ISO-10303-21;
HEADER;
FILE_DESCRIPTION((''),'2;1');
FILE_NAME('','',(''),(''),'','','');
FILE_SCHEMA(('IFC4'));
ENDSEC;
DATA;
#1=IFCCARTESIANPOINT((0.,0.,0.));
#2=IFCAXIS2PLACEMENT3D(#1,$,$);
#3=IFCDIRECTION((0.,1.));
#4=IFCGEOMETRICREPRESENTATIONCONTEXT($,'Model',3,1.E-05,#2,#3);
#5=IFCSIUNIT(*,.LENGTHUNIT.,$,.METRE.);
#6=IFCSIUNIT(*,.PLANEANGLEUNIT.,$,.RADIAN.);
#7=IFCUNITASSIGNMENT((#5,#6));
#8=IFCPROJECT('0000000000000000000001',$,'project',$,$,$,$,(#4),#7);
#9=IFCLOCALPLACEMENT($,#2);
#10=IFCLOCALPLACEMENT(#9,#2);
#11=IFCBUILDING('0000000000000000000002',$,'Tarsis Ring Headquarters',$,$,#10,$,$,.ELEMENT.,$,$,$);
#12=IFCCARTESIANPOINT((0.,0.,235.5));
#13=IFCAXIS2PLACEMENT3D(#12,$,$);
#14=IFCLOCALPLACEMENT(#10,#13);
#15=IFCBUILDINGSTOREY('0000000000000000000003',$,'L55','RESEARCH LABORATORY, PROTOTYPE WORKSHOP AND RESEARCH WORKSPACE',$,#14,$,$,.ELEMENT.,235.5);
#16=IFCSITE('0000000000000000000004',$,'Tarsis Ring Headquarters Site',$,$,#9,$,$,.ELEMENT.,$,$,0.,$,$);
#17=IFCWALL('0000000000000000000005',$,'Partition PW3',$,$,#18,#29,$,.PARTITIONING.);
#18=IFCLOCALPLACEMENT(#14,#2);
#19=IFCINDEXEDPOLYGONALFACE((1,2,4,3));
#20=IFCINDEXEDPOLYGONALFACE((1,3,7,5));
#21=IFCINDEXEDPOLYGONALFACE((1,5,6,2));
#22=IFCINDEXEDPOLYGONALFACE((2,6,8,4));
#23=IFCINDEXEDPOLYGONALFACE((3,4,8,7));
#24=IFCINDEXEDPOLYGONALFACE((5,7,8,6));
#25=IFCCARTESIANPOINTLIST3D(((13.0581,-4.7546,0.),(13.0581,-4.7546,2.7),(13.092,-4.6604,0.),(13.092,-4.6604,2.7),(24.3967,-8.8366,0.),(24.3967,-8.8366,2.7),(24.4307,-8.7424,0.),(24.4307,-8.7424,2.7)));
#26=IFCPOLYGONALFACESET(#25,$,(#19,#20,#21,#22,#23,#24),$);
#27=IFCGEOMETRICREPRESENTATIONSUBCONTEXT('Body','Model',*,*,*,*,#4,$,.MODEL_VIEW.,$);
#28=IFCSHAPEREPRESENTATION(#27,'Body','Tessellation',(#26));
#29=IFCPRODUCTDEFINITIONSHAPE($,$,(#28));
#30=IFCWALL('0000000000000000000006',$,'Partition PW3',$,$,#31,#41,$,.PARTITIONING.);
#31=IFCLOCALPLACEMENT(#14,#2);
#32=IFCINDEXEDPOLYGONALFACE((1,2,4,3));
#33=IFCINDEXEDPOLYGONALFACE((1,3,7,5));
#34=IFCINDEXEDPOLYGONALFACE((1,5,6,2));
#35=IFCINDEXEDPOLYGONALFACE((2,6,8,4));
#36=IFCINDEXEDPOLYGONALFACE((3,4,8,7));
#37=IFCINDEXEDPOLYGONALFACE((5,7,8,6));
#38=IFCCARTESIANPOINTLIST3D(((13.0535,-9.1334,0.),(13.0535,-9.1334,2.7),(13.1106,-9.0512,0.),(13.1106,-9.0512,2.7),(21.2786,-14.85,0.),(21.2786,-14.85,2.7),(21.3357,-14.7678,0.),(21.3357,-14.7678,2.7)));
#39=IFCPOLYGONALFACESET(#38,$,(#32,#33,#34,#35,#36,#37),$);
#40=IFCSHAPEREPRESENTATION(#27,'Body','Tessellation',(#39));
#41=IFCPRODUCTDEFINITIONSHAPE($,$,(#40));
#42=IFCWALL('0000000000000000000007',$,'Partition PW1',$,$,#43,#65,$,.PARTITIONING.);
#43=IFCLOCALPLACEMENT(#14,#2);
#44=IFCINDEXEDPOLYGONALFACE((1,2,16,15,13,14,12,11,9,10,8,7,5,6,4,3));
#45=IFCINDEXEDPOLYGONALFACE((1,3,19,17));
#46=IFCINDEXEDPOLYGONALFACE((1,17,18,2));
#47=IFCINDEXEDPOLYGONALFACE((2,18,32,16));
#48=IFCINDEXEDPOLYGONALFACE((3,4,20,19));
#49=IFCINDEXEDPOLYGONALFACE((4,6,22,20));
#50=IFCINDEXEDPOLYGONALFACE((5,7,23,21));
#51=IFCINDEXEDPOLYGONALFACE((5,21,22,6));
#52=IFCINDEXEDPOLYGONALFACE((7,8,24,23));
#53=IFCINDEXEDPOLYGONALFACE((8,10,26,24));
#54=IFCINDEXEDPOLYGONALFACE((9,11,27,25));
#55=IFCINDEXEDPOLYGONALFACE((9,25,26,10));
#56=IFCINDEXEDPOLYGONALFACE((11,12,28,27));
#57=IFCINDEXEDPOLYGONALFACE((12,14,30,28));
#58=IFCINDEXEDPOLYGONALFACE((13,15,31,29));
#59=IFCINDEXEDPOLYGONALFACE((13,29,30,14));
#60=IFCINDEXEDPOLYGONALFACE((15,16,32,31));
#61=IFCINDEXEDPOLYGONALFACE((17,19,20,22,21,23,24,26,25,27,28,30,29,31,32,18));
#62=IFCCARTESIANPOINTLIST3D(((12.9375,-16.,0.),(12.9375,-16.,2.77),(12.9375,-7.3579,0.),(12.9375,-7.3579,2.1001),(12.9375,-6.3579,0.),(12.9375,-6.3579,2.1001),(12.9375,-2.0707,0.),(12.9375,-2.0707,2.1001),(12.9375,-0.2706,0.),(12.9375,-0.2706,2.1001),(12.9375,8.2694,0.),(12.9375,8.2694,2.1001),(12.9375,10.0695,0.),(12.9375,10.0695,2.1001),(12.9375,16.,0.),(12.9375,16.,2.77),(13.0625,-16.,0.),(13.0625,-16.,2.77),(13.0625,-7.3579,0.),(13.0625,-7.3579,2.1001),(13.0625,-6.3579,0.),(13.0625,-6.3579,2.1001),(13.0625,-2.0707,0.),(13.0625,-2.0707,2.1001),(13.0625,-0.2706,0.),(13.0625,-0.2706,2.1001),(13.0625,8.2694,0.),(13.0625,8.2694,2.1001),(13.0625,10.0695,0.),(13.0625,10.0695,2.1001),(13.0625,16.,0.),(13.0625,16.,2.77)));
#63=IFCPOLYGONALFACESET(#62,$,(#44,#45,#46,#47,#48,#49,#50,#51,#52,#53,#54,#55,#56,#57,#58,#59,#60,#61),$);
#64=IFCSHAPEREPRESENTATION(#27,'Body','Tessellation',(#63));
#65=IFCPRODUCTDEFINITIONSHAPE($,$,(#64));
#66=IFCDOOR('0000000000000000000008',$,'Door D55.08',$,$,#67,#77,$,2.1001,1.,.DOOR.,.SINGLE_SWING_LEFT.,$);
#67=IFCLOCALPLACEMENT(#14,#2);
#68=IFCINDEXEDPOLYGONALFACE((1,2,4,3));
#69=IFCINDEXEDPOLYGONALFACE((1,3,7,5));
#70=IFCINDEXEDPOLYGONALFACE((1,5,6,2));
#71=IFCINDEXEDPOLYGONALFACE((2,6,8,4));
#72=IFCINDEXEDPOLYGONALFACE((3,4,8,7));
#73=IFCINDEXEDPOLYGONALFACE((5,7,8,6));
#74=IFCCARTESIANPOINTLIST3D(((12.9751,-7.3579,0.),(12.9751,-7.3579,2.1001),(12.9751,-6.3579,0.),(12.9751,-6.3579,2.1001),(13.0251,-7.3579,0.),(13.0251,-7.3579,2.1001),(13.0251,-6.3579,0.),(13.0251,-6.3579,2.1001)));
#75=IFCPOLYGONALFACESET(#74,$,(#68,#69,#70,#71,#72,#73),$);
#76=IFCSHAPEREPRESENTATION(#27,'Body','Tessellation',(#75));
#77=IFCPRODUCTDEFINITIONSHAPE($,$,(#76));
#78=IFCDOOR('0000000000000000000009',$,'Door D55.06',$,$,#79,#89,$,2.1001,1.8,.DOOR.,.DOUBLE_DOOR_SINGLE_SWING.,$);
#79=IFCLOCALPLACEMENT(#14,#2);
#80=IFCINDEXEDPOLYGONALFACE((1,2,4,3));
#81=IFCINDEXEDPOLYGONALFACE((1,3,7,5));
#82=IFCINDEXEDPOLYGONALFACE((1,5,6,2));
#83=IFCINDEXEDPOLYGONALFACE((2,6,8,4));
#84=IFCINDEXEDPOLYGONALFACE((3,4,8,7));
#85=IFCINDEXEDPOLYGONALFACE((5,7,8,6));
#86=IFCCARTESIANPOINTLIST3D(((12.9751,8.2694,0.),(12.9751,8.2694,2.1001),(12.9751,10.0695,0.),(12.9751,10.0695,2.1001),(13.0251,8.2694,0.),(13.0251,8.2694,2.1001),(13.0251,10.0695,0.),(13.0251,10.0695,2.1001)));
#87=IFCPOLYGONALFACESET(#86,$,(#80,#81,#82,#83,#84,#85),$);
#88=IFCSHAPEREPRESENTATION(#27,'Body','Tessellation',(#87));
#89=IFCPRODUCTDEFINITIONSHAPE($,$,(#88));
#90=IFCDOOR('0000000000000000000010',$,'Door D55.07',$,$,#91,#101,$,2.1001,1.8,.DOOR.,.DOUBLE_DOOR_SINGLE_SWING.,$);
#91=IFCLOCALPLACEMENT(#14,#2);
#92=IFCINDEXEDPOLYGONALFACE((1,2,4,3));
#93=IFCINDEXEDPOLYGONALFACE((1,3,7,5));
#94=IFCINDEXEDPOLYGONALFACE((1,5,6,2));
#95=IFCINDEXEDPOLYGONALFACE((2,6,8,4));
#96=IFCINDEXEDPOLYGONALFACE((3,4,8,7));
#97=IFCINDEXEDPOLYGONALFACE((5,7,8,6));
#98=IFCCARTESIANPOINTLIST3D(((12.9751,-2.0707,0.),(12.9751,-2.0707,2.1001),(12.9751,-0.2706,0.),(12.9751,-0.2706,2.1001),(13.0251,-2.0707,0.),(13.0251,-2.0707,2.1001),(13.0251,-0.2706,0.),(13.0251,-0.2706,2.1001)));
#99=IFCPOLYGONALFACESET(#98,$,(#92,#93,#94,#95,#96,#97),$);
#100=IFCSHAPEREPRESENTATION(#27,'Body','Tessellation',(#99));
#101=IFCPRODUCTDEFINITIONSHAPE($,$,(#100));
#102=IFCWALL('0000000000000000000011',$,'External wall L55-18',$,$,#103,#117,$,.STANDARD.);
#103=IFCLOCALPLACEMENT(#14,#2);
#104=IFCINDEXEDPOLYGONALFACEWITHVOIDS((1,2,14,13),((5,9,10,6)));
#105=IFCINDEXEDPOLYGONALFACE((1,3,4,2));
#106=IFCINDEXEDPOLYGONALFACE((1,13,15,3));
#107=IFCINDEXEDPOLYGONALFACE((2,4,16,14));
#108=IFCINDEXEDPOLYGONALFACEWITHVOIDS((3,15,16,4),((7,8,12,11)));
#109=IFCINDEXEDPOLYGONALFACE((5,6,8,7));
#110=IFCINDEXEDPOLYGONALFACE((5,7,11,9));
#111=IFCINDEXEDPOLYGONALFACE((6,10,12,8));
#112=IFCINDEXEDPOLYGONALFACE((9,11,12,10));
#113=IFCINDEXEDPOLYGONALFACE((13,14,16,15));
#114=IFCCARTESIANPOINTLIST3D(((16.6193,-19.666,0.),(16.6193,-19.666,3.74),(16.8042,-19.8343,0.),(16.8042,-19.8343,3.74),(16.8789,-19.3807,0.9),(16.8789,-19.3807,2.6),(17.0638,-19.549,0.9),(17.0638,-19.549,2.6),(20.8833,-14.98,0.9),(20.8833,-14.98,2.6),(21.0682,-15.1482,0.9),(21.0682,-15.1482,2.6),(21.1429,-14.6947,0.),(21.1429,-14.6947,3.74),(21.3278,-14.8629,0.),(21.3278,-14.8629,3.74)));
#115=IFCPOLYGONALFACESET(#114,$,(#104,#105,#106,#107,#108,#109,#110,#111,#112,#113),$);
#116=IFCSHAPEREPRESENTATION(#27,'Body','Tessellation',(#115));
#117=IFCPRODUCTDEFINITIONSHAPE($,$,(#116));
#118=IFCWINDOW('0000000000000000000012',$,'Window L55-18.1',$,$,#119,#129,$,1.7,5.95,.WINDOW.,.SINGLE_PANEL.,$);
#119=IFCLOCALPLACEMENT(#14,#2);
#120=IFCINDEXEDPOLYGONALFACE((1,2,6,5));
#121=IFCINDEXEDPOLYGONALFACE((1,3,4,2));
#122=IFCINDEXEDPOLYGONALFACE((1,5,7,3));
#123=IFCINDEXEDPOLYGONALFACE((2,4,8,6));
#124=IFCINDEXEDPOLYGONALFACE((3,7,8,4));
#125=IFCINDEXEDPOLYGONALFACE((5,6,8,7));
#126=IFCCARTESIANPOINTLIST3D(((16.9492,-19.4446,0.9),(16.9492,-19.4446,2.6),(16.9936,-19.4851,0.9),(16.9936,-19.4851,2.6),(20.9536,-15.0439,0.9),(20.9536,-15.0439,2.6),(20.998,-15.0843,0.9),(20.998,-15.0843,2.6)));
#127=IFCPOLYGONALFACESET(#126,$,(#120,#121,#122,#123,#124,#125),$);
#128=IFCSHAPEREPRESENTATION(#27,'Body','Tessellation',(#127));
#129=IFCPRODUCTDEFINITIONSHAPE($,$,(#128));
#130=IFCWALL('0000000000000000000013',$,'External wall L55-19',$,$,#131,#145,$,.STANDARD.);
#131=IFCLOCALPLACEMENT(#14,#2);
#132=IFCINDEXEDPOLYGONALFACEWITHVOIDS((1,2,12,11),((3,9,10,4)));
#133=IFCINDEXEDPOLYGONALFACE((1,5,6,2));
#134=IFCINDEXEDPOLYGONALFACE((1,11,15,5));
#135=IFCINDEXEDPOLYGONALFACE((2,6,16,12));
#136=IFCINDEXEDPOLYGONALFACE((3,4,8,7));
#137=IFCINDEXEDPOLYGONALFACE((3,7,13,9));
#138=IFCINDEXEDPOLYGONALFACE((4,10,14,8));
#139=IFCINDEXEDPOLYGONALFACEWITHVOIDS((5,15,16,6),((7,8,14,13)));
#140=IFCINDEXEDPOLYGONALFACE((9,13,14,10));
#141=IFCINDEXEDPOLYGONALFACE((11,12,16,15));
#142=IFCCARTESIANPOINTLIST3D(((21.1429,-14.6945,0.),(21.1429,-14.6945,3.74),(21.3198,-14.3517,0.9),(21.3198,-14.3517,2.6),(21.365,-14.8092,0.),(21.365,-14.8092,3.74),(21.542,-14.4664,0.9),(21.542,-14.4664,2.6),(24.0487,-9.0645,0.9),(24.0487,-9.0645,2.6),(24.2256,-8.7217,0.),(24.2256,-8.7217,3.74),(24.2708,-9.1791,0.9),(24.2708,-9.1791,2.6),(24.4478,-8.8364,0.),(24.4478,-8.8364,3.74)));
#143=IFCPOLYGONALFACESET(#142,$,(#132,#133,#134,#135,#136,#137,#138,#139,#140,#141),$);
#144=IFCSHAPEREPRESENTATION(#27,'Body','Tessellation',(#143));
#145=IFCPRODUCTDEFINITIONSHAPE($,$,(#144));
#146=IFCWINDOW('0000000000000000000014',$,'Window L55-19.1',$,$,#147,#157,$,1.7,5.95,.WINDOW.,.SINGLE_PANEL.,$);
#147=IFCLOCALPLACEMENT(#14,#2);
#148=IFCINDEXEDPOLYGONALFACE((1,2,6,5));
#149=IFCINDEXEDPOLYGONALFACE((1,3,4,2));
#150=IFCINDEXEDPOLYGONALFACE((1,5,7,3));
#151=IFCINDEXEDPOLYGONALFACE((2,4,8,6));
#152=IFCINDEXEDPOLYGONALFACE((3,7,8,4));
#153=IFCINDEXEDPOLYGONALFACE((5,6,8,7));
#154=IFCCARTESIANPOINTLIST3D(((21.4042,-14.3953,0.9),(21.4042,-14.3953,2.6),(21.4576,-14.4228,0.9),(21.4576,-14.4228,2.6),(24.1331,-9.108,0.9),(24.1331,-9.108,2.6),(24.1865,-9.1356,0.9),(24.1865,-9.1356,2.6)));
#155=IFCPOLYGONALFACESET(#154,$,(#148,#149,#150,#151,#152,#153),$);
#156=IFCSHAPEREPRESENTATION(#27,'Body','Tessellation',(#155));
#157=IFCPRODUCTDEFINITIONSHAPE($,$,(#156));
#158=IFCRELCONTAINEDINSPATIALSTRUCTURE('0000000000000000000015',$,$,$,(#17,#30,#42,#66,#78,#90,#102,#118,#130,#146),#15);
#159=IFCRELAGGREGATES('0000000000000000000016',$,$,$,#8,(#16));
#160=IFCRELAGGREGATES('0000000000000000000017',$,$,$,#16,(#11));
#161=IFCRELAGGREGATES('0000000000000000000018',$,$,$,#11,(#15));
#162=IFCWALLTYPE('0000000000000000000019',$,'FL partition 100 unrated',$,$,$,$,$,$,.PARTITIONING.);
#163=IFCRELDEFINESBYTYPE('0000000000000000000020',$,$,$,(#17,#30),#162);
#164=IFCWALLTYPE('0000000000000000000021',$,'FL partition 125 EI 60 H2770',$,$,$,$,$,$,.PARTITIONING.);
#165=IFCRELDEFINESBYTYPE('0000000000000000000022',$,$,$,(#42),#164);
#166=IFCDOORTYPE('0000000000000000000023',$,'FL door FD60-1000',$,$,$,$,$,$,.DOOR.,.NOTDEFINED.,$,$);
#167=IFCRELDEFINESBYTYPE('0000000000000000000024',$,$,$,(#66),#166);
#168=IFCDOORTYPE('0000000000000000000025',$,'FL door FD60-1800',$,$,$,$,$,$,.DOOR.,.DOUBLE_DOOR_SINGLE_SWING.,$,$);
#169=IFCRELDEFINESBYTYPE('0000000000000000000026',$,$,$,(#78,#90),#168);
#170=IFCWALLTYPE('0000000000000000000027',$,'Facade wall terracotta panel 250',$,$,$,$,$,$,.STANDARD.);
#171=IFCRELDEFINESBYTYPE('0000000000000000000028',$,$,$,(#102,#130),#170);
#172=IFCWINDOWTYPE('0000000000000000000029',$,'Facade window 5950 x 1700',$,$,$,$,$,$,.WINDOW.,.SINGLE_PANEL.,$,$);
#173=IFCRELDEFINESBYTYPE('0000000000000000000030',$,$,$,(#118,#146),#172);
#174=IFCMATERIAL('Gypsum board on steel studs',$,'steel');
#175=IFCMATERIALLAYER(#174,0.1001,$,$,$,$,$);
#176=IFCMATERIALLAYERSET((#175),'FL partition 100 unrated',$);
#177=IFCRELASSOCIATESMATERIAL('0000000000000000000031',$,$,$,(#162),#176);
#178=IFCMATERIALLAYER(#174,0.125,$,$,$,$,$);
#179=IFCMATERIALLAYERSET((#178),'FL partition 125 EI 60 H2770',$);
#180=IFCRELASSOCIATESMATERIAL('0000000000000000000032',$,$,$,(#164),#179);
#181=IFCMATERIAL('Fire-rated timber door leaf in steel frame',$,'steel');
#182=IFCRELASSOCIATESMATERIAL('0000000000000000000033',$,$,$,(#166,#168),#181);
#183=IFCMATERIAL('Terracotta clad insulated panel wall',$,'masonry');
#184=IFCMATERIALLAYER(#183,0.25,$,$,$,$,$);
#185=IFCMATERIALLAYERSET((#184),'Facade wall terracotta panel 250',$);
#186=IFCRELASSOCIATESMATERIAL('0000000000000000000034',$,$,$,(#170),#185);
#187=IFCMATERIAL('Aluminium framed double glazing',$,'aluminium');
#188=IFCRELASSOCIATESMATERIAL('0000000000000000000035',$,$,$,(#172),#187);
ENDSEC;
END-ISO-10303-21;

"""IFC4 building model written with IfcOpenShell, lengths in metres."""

from ifc_helpers import new_model, si_unit, direction, frame, frame_2d, origin, place, context, subcontext, project, spatial, rectangle, extrude, material, layer, layer_set, type_object, element, fill, save


model = new_model("IFC4")

# Units and contexts
model_context = context("Model", 3, precision=1e-05, world=origin(), true_north=direction((0.0, 1.0)))
body_context = subcontext(model_context, "Body", "Model", "MODEL_VIEW")
ifc_project = project(units=[si_unit("LENGTHUNIT", "METRE"), si_unit("PLANEANGLEUNIT", "RADIAN")], contexts=[model_context])

# Site, building, storey
site_placement = place(None, origin())
site = spatial("IfcSite", under=ifc_project, at=site_placement, Name="Tarsis Ring Headquarters Site", CompositionType="ELEMENT", RefElevation=0.0)
building_placement = place(site_placement, origin())
building = spatial("IfcBuilding", under=site, at=building_placement, Name="Tarsis Ring Headquarters", CompositionType="ELEMENT")
storey_placement = place(building_placement, frame((0.0, 0.0, 235.5)))
storey = spatial("IfcBuildingStorey", under=building, at=storey_placement, Name="L55", Description="RESEARCH LABORATORY, PROTOTYPE WORKSHOP AND RESEARCH WORKSPACE", CompositionType="ELEMENT", Elevation=235.5)

# Walls
ifc_material_1 = material(Name="Gypsum board on steel studs", Category="steel")
ifc_layer_1 = layer(ifc_material_1, 0.1001)
ifc_layer_set_1 = layer_set([ifc_layer_1], Name="FL partition 100 unrated")
wall_type_1 = type_object("IfcWallType", Name="FL partition 100 unrated", PredefinedType="PARTITIONING", material=ifc_layer_set_1)
wall_1_placement = place(storey_placement, frame((13.0752, -4.7075, 0.0), z_axis=(0.0, 0.0, 1.0), x_axis=(0.940884, -0.338729, 0.0)))
element("IfcWall", 1, at=wall_1_placement, inside=storey, type_object=wall_type_1, Name="Partition PW3", PredefinedType="PARTITIONING", context=body_context, shape_type="SweptSolid", body=[
    extrude(rectangle(XDim=12.051, YDim=0.1001, at=frame_2d((6.0254, 0.0))), origin(), (0.0, 0.0, 1.0), 2.7),
])
wall_2_placement = place(storey_placement, frame((13.082, -9.0923, 0.0), z_axis=(0.0, 0.0, 1.0), x_axis=(0.821151, -0.570711, 0.0)))
element("IfcWall", 2, at=wall_2_placement, inside=storey, type_object=wall_type_1, Name="Partition PW3", PredefinedType="PARTITIONING", context=body_context, shape_type="SweptSolid", body=[
    extrude(rectangle(XDim=10.0166, YDim=0.1001, at=frame_2d((5.0083, 0.0))), origin(), (0.0, 0.0, 1.0), 2.7),
])

# Wall, openings, doors
ifc_layer_2 = layer(ifc_material_1, 0.125)
ifc_layer_set_2 = layer_set([ifc_layer_2], Name="FL partition 125 EI 60 H2770")
wall_type_2 = type_object("IfcWallType", Name="FL partition 125 EI 60 H2770", PredefinedType="PARTITIONING", material=ifc_layer_set_2)
wall_3_placement = place(storey_placement, frame((13.0, -16.0, 0.0), z_axis=(0.0, 0.0, 1.0), x_axis=(0.0, 1.0, 0.0)))
wall_3 = element("IfcWall", 3, at=wall_3_placement, inside=storey, type_object=wall_type_2, Name="Partition PW1", PredefinedType="PARTITIONING", context=body_context, shape_type="SweptSolid", body=[
    extrude(rectangle(XDim=32.0, YDim=0.125, at=frame_2d((16.0, 0.0))), origin(), (0.0, 0.0, 1.0), 2.77),
])
opening_1_placement = place(wall_3_placement, frame((24.2695, 0.0, 0.0)))
opening_1 = element("IfcOpeningElement", 4, at=opening_1_placement, cuts=wall_3, PredefinedType="OPENING", context=body_context, shape_type="SweptSolid", body=[
    extrude(rectangle(XDim=1.8, YDim=2.1001, at=frame_2d((0.8999, 1.05))), frame((0.0, 0.0725, 0.0), z_axis=(0.0, -1.0, 0.0), x_axis=(1.0, 0.0, 0.0)), (0.0, 0.0, 1.0), 0.145),
])
opening_2_placement = place(wall_3_placement, frame((13.9294, 0.0, 0.0)))
opening_2 = element("IfcOpeningElement", 5, at=opening_2_placement, cuts=wall_3, PredefinedType="OPENING", context=body_context, shape_type="SweptSolid", body=[
    extrude(rectangle(XDim=1.8, YDim=2.1001, at=frame_2d((0.8999, 1.05))), frame((0.0, 0.0725, 0.0), z_axis=(0.0, -1.0, 0.0), x_axis=(1.0, 0.0, 0.0)), (0.0, 0.0, 1.0), 0.145),
])
opening_3_placement = place(wall_3_placement, frame((8.6421, 0.0, 0.0)))
opening_3 = element("IfcOpeningElement", 6, at=opening_3_placement, cuts=wall_3, PredefinedType="OPENING", context=body_context, shape_type="SweptSolid", body=[
    extrude(rectangle(XDim=1.0, YDim=2.1001, at=frame_2d((0.5, 1.05))), frame((0.0, 0.0725, 0.0), z_axis=(0.0, -1.0, 0.0), x_axis=(1.0, 0.0, 0.0)), (0.0, 0.0, 1.0), 0.145),
])
ifc_material_2 = material(Name="Fire-rated timber door leaf in steel frame", Category="steel")
door_type_1 = type_object("IfcDoorType", Name="FL door FD60-1000", OperationType="NOTDEFINED", PredefinedType="DOOR", material=ifc_material_2)
door_1_placement = place(opening_3_placement, origin())
door_1 = element("IfcDoor", 7, at=door_1_placement, inside=storey, type_object=door_type_1, Name="Door D55.08", OperationType="SINGLE_SWING_LEFT", OverallHeight=2.1001, OverallWidth=1.0, PredefinedType="DOOR", context=body_context, shape_type="SweptSolid", body=[
    extrude(rectangle(XDim=1.0, YDim=2.1001, at=frame_2d((0.5, 1.05))), frame((0.0, 0.0249, 0.0), z_axis=(0.0, -1.0, 0.0), x_axis=(1.0, 0.0, 0.0)), (0.0, 0.0, 1.0), 0.05),
])
fill(opening_3, door_1)
door_type_2 = type_object("IfcDoorType", Name="FL door FD60-1800", OperationType="DOUBLE_DOOR_SINGLE_SWING", PredefinedType="DOOR", material=ifc_material_2)
door_2_placement = place(opening_1_placement, origin())
door_2 = element("IfcDoor", 8, at=door_2_placement, inside=storey, type_object=door_type_2, Name="Door D55.06", OperationType="DOUBLE_DOOR_SINGLE_SWING", OverallHeight=2.1001, OverallWidth=1.8, PredefinedType="DOOR", context=body_context, shape_type="SweptSolid", body=[
    extrude(rectangle(XDim=1.8, YDim=2.1001, at=frame_2d((0.8999, 1.05))), frame((0.0, 0.0249, 0.0), z_axis=(0.0, -1.0, 0.0), x_axis=(1.0, 0.0, 0.0)), (0.0, 0.0, 1.0), 0.05),
])
fill(opening_1, door_2)
door_3_placement = place(opening_2_placement, origin())
door_3 = element("IfcDoor", 9, at=door_3_placement, inside=storey, type_object=door_type_2, Name="Door D55.07", OperationType="DOUBLE_DOOR_SINGLE_SWING", OverallHeight=2.1001, OverallWidth=1.8, PredefinedType="DOOR", context=body_context, shape_type="SweptSolid", body=[
    extrude(rectangle(XDim=1.8, YDim=2.1001, at=frame_2d((0.8999, 1.05))), frame((0.0, 0.0249, 0.0), z_axis=(0.0, -1.0, 0.0), x_axis=(1.0, 0.0, 0.0)), (0.0, 0.0, 1.0), 0.05),
])
fill(opening_2, door_3)

# Walls, openings, windows
ifc_material_3 = material(Name="Terracotta clad insulated panel wall", Category="masonry")
ifc_layer_3 = layer(ifc_material_3, 0.25)
ifc_layer_set_3 = layer_set([ifc_layer_3], Name="Facade wall terracotta panel 250")
wall_type_3 = type_object("IfcWallType", Name="Facade wall terracotta panel 250", PredefinedType="STANDARD", material=ifc_layer_set_3)
wall_4_placement = place(storey_placement, frame((16.7117, -19.7502, 0.0), z_axis=(0.0, 0.0, 1.0), x_axis=(0.673014, 0.739629, 0.0)))
wall_4 = element("IfcWall", 10, at=wall_4_placement, inside=storey, type_object=wall_type_3, Name="External wall L55-18", PredefinedType="STANDARD", context=body_context, shape_type="SweptSolid", body=[
    extrude(rectangle(XDim=6.7214, YDim=0.25, at=frame_2d((3.3608, 0.0))), origin(), (0.0, 0.0, 1.0), 3.74),
])
opening_4_placement = place(wall_4_placement, frame((0.3857, 0.0, 0.8999)))
opening_4 = element("IfcOpeningElement", 11, at=opening_4_placement, cuts=wall_4, PredefinedType="OPENING", context=body_context, shape_type="SweptSolid", body=[
    extrude(rectangle(XDim=5.95, YDim=1.7, at=frame_2d((2.9751, 0.8501))), frame((0.0, 0.135, 0.0), z_axis=(0.0, -1.0, 0.0), x_axis=(1.0, 0.0, 0.0)), (0.0, 0.0, 1.0), 0.27),
])
ifc_material_4 = material(Name="Aluminium framed double glazing", Category="aluminium")
window_type = type_object("IfcWindowType", Name="Facade window 5950 x 1700", PartitioningType="SINGLE_PANEL", PredefinedType="WINDOW", material=ifc_material_4)
window_1_placement = place(opening_4_placement, origin())
window_1 = element("IfcWindow", 12, at=window_1_placement, inside=storey, type_object=window_type, Name="Window L55-18.1", OverallHeight=1.7, OverallWidth=5.95, PartitioningType="SINGLE_PANEL", PredefinedType="WINDOW", context=body_context, shape_type="SweptSolid", body=[
    extrude(rectangle(XDim=5.95, YDim=1.7, at=frame_2d((2.9751, 0.8501))), frame((0.0, 0.03, 0.0), z_axis=(0.0, -1.0, 0.0), x_axis=(1.0, 0.0, 0.0)), (0.0, 0.0, 1.0), 0.0601),
])
fill(opening_4, window_1)
wall_5_placement = place(storey_placement, frame((21.2539, -14.752, 0.0), z_axis=(0.0, 0.0, 1.0), x_axis=(0.45864, 0.888622, 0.0)))
wall_5 = element("IfcWall", 13, at=wall_5_placement, inside=storey, type_object=wall_type_3, Name="External wall L55-19", PredefinedType="STANDARD", context=body_context, shape_type="SweptSolid", body=[
    extrude(rectangle(XDim=6.7214, YDim=0.25, at=frame_2d((3.3608, 0.0))), origin(), (0.0, 0.0, 1.0), 3.74),
])
opening_5_placement = place(wall_5_placement, frame((0.3857, 0.0, 0.8999)))
opening_5 = element("IfcOpeningElement", 14, at=opening_5_placement, cuts=wall_5, PredefinedType="OPENING", context=body_context, shape_type="SweptSolid", body=[
    extrude(rectangle(XDim=5.95, YDim=1.7, at=frame_2d((2.9751, 0.8501))), frame((0.0, 0.135, 0.0), z_axis=(0.0, -1.0, 0.0), x_axis=(1.0, 0.0, 0.0)), (0.0, 0.0, 1.0), 0.27),
])
window_2_placement = place(opening_5_placement, origin())
window_2 = element("IfcWindow", 15, at=window_2_placement, inside=storey, type_object=window_type, Name="Window L55-19.1", OverallHeight=1.7, OverallWidth=5.95, PartitioningType="SINGLE_PANEL", PredefinedType="WINDOW", context=body_context, shape_type="SweptSolid", body=[
    extrude(rectangle(XDim=5.95, YDim=1.7, at=frame_2d((2.9751, 0.8501))), frame((0.0, 0.03, 0.0), z_axis=(0.0, -1.0, 0.0), x_axis=(1.0, 0.0, 0.0)), (0.0, 0.0, 1.0), 0.0601),
])
fill(opening_5, window_2)

save(model, "model.ifc")
